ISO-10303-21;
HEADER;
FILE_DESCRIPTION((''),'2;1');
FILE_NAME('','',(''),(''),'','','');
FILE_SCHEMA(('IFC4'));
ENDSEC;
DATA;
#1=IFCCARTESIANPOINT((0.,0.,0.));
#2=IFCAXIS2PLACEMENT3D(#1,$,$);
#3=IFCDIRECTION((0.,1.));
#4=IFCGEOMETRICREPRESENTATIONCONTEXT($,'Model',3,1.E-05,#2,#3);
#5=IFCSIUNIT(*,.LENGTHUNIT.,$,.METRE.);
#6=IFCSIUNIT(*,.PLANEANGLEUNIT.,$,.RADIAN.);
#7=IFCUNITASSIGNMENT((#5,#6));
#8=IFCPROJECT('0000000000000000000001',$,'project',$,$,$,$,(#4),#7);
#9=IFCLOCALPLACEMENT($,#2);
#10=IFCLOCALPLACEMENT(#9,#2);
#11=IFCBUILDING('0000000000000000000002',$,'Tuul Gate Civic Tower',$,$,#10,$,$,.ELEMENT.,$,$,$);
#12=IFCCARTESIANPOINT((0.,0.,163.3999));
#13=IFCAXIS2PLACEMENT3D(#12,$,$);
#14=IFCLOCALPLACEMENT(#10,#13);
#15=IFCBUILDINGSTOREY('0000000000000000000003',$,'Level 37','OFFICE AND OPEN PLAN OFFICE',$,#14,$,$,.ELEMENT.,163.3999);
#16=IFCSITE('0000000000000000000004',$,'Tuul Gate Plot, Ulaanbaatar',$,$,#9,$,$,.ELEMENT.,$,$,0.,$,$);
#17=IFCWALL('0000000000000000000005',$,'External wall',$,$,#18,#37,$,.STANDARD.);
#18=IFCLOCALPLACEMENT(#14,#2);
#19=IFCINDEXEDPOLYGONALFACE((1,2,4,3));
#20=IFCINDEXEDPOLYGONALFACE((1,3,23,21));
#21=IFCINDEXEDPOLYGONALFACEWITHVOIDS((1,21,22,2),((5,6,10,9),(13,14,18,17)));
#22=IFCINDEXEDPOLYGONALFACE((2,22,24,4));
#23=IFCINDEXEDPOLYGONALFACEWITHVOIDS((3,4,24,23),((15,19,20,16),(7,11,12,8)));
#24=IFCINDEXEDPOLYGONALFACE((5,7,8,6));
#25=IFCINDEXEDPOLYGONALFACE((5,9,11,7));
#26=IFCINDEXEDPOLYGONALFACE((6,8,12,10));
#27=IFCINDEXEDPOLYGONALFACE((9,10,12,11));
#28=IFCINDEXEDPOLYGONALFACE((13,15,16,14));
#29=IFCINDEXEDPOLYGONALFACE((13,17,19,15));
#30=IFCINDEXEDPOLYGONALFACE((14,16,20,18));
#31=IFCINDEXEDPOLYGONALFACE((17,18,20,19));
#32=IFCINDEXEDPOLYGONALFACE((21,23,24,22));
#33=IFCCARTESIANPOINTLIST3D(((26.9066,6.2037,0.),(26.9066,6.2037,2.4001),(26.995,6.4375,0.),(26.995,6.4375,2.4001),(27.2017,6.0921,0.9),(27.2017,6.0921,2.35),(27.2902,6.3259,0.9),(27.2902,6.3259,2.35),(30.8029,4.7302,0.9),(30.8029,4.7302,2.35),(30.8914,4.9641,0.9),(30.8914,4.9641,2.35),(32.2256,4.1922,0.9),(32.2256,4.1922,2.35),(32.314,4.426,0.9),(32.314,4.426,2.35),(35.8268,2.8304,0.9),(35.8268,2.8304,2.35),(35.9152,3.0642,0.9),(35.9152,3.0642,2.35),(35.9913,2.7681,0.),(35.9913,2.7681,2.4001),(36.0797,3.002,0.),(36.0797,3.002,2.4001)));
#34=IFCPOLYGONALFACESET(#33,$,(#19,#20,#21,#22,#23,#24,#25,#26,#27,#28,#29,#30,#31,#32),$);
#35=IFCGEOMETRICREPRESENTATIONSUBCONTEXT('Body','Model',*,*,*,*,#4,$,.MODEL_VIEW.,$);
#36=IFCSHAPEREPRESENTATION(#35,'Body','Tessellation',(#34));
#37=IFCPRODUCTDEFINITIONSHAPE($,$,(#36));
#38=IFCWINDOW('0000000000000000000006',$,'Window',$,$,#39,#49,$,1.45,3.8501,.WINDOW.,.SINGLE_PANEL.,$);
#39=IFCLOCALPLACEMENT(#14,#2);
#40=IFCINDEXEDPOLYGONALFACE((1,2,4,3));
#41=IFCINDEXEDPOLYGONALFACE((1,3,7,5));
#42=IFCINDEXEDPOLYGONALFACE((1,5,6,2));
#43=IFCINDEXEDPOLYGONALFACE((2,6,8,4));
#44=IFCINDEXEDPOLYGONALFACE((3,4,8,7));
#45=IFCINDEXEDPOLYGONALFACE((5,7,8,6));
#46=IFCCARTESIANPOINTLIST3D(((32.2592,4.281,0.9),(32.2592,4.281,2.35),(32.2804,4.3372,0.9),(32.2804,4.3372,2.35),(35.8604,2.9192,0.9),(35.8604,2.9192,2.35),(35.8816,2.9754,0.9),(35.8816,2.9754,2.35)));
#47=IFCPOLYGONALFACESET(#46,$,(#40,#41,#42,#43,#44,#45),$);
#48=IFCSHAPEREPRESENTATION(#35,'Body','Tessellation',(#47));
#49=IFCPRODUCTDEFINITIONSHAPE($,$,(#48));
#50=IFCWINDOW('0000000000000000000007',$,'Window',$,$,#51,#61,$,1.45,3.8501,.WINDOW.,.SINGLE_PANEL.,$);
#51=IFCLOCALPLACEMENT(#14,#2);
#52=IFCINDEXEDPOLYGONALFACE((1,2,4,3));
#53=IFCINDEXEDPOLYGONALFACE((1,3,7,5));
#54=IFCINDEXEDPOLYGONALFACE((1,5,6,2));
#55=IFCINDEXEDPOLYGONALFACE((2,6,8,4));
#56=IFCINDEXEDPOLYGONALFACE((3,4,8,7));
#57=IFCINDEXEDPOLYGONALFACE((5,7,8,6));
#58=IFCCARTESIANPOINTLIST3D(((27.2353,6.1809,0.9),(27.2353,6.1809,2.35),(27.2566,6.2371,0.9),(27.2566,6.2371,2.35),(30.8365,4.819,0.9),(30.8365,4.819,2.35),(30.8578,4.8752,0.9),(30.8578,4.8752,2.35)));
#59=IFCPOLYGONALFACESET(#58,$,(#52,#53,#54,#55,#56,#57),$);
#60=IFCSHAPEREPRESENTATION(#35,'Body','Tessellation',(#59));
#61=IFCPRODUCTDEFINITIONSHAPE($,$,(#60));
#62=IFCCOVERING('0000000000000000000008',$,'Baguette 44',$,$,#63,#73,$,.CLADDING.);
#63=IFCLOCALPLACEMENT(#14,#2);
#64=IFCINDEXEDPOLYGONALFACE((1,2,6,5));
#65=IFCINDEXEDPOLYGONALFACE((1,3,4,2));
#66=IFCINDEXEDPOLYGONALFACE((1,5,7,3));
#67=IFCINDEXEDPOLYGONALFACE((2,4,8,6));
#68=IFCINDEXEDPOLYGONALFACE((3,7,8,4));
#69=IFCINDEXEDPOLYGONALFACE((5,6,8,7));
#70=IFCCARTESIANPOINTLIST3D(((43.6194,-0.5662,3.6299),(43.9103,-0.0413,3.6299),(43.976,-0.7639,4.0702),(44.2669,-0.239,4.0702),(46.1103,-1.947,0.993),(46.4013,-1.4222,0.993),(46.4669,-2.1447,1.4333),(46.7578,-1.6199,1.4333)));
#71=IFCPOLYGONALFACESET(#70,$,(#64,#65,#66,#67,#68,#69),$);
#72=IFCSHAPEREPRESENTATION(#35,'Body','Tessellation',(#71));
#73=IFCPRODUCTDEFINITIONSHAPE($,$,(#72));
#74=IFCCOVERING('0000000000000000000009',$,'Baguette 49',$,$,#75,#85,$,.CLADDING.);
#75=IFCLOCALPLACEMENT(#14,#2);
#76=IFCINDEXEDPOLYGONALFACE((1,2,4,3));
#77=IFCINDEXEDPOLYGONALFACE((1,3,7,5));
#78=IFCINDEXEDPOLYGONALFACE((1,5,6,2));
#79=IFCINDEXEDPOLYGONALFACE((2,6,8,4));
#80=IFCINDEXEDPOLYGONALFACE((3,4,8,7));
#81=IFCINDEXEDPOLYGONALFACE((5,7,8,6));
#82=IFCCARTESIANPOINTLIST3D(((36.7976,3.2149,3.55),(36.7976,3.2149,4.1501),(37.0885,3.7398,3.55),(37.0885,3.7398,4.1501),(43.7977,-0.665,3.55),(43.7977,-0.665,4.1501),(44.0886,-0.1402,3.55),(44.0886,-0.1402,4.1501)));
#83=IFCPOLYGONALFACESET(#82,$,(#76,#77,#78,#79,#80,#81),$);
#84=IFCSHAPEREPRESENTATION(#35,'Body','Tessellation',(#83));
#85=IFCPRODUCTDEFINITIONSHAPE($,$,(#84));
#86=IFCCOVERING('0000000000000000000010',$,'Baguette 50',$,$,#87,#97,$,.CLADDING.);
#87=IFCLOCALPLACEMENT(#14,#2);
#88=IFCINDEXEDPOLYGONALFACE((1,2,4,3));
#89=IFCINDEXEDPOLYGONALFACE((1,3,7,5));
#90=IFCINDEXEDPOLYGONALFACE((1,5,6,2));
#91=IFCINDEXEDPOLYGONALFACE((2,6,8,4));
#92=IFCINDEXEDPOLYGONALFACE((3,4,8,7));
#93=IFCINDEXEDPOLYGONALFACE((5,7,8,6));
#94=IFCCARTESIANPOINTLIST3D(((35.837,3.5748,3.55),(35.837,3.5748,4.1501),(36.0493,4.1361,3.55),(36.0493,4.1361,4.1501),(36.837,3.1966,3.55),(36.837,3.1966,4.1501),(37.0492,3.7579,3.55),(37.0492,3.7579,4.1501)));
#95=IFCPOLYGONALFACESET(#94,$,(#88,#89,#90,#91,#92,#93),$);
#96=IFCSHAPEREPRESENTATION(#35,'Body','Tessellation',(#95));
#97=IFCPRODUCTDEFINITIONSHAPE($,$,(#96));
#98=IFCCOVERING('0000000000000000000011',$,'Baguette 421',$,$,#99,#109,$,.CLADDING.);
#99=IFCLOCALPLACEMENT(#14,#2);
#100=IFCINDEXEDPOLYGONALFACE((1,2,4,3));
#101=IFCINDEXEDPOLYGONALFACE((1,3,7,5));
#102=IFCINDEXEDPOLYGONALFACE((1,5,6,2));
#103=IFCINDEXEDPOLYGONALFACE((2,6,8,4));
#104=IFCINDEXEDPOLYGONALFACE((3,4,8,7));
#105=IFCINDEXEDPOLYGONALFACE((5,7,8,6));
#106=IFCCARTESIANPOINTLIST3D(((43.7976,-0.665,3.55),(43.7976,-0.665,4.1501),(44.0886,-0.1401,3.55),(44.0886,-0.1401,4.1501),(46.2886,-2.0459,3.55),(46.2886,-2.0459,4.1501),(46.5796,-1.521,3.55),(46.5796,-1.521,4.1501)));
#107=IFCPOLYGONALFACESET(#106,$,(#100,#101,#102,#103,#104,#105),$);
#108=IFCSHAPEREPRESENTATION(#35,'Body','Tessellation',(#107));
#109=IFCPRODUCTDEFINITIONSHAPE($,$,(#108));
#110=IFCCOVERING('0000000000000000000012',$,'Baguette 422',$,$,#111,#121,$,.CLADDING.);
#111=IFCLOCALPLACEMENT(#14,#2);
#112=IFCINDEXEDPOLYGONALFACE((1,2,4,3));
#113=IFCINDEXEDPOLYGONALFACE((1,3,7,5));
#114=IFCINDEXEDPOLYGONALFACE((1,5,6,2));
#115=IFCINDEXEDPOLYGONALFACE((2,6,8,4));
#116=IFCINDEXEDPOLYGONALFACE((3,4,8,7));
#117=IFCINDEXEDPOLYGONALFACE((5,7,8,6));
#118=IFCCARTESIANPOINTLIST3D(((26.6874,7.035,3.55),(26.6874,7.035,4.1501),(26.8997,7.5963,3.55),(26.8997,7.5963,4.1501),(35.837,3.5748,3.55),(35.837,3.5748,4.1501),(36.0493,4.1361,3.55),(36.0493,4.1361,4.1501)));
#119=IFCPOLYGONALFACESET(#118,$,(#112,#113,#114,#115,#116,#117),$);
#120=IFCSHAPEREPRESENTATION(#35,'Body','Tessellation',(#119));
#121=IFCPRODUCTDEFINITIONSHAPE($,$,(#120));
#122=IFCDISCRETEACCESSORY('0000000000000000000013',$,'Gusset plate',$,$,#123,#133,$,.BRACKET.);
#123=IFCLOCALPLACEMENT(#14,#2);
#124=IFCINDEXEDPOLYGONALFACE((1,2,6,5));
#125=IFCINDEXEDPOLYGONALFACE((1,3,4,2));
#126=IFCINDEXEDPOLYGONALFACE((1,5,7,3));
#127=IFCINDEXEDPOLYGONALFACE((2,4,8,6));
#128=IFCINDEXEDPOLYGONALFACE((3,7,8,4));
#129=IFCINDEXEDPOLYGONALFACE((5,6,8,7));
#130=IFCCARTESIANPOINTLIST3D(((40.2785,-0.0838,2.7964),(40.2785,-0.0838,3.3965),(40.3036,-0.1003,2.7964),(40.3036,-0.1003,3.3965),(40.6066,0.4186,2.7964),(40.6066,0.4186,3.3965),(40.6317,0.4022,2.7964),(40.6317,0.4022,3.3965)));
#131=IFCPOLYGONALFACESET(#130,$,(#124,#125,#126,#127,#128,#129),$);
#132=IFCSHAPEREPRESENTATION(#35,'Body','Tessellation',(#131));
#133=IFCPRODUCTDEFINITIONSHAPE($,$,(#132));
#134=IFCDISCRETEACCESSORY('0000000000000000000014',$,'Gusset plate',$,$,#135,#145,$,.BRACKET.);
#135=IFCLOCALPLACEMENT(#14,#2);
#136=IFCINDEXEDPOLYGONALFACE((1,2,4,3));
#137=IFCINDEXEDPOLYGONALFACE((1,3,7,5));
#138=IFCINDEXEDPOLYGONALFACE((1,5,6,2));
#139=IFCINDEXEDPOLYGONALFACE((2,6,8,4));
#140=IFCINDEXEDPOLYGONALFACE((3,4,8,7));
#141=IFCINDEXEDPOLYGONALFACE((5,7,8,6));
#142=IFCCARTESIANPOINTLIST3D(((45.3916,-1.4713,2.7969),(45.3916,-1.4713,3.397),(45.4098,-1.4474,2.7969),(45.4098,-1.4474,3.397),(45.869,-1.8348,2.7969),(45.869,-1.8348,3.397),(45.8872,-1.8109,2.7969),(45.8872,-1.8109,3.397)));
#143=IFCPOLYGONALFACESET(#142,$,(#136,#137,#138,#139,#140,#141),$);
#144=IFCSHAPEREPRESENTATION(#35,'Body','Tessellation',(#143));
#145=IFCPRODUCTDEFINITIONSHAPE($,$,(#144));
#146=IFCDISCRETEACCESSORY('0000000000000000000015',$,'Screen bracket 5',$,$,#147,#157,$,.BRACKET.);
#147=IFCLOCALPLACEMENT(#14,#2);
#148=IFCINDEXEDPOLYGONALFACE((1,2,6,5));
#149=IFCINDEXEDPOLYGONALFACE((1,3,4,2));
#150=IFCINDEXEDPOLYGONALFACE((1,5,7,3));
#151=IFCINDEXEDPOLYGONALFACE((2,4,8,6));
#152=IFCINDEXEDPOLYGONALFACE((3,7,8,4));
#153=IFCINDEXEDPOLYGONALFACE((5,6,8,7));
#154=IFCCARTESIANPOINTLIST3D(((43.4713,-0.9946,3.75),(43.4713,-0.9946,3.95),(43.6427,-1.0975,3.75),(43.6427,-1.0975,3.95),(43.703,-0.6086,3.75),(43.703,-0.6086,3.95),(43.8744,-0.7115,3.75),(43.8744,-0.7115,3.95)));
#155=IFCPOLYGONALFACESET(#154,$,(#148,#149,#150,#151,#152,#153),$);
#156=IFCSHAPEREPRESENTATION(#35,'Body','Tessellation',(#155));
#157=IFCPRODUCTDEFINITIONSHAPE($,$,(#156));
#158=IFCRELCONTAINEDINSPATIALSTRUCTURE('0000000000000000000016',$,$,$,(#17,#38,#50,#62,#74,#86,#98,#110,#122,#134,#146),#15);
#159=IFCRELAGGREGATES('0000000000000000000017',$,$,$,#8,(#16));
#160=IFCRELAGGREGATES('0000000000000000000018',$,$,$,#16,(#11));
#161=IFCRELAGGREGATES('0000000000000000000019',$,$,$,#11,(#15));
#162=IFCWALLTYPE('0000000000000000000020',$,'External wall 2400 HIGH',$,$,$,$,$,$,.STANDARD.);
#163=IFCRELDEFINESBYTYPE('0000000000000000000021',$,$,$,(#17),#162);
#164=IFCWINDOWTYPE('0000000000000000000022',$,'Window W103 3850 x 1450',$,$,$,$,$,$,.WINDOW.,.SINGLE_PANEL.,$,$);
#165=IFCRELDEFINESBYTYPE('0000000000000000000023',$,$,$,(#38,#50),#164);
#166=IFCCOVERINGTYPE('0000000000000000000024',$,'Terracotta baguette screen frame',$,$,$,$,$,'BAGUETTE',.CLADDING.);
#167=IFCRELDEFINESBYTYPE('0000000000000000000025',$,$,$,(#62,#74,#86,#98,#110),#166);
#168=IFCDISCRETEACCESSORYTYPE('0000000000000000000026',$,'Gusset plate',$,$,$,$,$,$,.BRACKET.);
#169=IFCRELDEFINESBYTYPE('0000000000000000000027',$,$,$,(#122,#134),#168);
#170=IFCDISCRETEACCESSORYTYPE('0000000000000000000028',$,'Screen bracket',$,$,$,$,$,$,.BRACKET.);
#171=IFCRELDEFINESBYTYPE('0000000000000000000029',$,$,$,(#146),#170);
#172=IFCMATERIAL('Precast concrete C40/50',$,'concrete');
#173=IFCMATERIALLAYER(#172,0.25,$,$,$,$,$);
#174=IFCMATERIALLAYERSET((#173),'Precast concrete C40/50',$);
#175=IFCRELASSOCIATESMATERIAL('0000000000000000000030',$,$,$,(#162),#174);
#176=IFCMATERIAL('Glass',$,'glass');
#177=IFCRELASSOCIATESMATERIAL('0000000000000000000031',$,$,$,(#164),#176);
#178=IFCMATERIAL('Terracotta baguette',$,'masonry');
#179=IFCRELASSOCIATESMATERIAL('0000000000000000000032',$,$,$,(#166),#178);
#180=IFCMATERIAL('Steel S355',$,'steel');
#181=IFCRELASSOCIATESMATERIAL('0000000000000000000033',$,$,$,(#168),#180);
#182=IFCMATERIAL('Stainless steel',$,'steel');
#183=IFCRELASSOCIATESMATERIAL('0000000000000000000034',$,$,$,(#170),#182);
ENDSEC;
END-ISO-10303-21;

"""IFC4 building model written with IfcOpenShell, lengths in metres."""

from ifc_helpers import new_model, si_unit, direction, frame, frame_2d, origin, origin_2d, place, context, subcontext, project, spatial, rectangle, extrude, material, layer, layer_set, material_profile, profile_set, type_object, element, fill, save


model = new_model("IFC4")

# Units and contexts
model_context = context("Model", 3, precision=1e-05, world=origin(), true_north=direction((0.0, 1.0)))
body_context = subcontext(model_context, "Body", "Model", "MODEL_VIEW")
ifc_project = project(units=[si_unit("LENGTHUNIT", "METRE"), si_unit("PLANEANGLEUNIT", "RADIAN")], contexts=[model_context])

# Site, building, storey
site_placement = place(None, origin())
site = spatial("IfcSite", under=ifc_project, at=site_placement, Name="Tuul Gate Plot, Ulaanbaatar", CompositionType="ELEMENT", RefElevation=0.0)
building_placement = place(site_placement, origin())
building = spatial("IfcBuilding", under=site, at=building_placement, Name="Tuul Gate Civic Tower", CompositionType="ELEMENT")
storey_placement = place(building_placement, frame((0.0, 0.0, 163.3999)))
storey = spatial("IfcBuildingStorey", under=building, at=storey_placement, Name="Level 37", Description="OFFICE AND OPEN PLAN OFFICE", CompositionType="ELEMENT", Elevation=163.3999)

# Wall, openings, windows
ifc_material_1 = material(Name="Precast concrete C40/50", Category="concrete")
ifc_layer_1 = layer(ifc_material_1, 0.25)
ifc_layer_set_1 = layer_set([ifc_layer_1], Name="Precast concrete C40/50")
wall_type_1 = type_object("IfcWallType", Name="External wall 2400 HIGH", PredefinedType="STANDARD", material=ifc_layer_set_1)
ifc_material_2 = material(Name="Glass", Category="glass")
window_type = type_object("IfcWindowType", Name="Window W103 3850 x 1450", PartitioningType="SINGLE_PANEL", PredefinedType="WINDOW", material=ifc_material_2)
wall_1_placement = place(storey_placement, frame((36.0356, 2.885, 0.0), z_axis=(0.0, 0.0, 1.0), x_axis=(-0.935351, 0.35372, 0.0)))
wall_1 = element("IfcWall", 1, at=wall_1_placement, inside=storey, type_object=wall_type_1, Name="External wall", PredefinedType="STANDARD", context=body_context, shape_type="SweptSolid", body=[
    extrude(rectangle(XDim=9.7126, YDim=0.25, at=frame_2d((4.8564, 0.0))), origin(), (0.0, 0.0, 1.0), 2.4001),
])
opening_1_placement = place(wall_1_placement, frame((0.176, 0.0, 0.8999)))
opening_1 = element("IfcOpeningElement", 2, at=opening_1_placement, cuts=wall_1, PredefinedType="OPENING", context=body_context, shape_type="SweptSolid", body=[
    extrude(rectangle(XDim=3.8501, YDim=1.45, at=frame_2d((1.925, 0.7251))), frame((0.0, 0.135, 0.0), z_axis=(0.0, -1.0, 0.0), x_axis=(1.0, 0.0, 0.0)), (0.0, 0.0, 1.0), 0.27),
])
opening_2_placement = place(wall_1_placement, frame((5.5471, 0.0, 0.8999)))
opening_2 = element("IfcOpeningElement", 3, at=opening_2_placement, cuts=wall_1, PredefinedType="OPENING", context=body_context, shape_type="SweptSolid", body=[
    extrude(rectangle(XDim=3.8501, YDim=1.45, at=frame_2d((1.925, 0.7251))), frame((0.0, 0.135, 0.0), z_axis=(0.0, -1.0, 0.0), x_axis=(1.0, 0.0, 0.0)), (0.0, 0.0, 1.0), 0.27),
])
window_1_placement = place(opening_1_placement, origin())
window_1 = element("IfcWindow", 4, at=window_1_placement, inside=storey, type_object=window_type, Name="Window", OverallHeight=1.45, OverallWidth=3.8501, PartitioningType="SINGLE_PANEL", PredefinedType="WINDOW", context=body_context, shape_type="SweptSolid", body=[
    extrude(rectangle(XDim=3.8501, YDim=1.45, at=frame_2d((1.925, 0.7251))), frame((0.0, 0.03, 0.0), z_axis=(0.0, -1.0, 0.0), x_axis=(1.0, 0.0, 0.0)), (0.0, 0.0, 1.0), 0.0601),
])
fill(opening_1, window_1)
window_2_placement = place(opening_2_placement, origin())
window_2 = element("IfcWindow", 5, at=window_2_placement, inside=storey, type_object=window_type, Name="Window", OverallHeight=1.45, OverallWidth=3.8501, PartitioningType="SINGLE_PANEL", PredefinedType="WINDOW", context=body_context, shape_type="SweptSolid", body=[
    extrude(rectangle(XDim=3.8501, YDim=1.45, at=frame_2d((1.925, 0.7251))), frame((0.0, 0.03, 0.0), z_axis=(0.0, -1.0, 0.0), x_axis=(1.0, 0.0, 0.0)), (0.0, 0.0, 1.0), 0.0601),
])
fill(opening_2, window_2)

# Coverings
ifc_material_3 = material(Name="Terracotta baguette", Category="masonry")
ifc_material_profile_1 = material_profile(ifc_material_3, rectangle(XDim=0.6001, YDim=0.6001, at=origin_2d()), Name="Terracotta baguette screen frame")
ifc_profile_set_1 = profile_set([ifc_material_profile_1], Name="Terracotta baguette")
covering_type = type_object("IfcCoveringType", Name="Terracotta baguette screen frame", ElementType="BAGUETTE", PredefinedType="CLADDING", material=ifc_profile_set_1)
covering_1_placement = place(storey_placement, frame((46.4341, -1.7834, 1.2131), z_axis=(-0.64177, 0.355763, 0.679385), x_axis=(-0.484835, -0.874606, 0.0)))
element("IfcCovering", 6, at=covering_1_placement, inside=storey, type_object=covering_type, Name="Baguette 44", PredefinedType="CLADDING", context=body_context, shape_type="SweptSolid", body=[
    extrude(rectangle(XDim=0.6001, YDim=0.6001, at=origin_2d()), origin(), (0.0, 0.0, 1.0), 3.8813),
])
covering_2_placement = place(storey_placement, frame((43.9431, -0.4026, 3.8501), z_axis=(-0.874635, 0.484783, 0.0), x_axis=(-0.484783, -0.874635, 0.0)))
element("IfcCovering", 7, at=covering_2_placement, inside=storey, type_object=covering_type, Name="Baguette 49", PredefinedType="CLADDING", context=body_context, shape_type="SweptSolid", body=[
    extrude(rectangle(XDim=0.6001, YDim=0.6001, at=origin_2d()), origin(), (0.0, 0.0, 1.0), 8.0034),
])
covering_3_placement = place(storey_placement, frame((36.9431, 3.4773, 3.8501), z_axis=(-0.93535, 0.353725, 0.0), x_axis=(-0.353725, -0.93535, 0.0)))
element("IfcCovering", 8, at=covering_3_placement, inside=storey, type_object=covering_type, Name="Baguette 50", PredefinedType="CLADDING", context=body_context, shape_type="SweptSolid", body=[
    extrude(rectangle(XDim=0.6001, YDim=0.6001, at=origin_2d()), origin(), (0.0, 0.0, 1.0), 1.0691),
])
covering_4_placement = place(storey_placement, frame((46.4341, -1.7834, 3.8501), z_axis=(-0.874606, 0.484835, 0.0), x_axis=(-0.484835, -0.874606, 0.0)))
element("IfcCovering", 9, at=covering_4_placement, inside=storey, type_object=covering_type, Name="Baguette 421", PredefinedType="CLADDING", context=body_context, shape_type="SweptSolid", body=[
    extrude(rectangle(XDim=0.6001, YDim=0.6001, at=origin_2d()), origin(), (0.0, 0.0, 1.0), 2.8481),
])
covering_5_placement = place(storey_placement, frame((35.9431, 3.8555, 3.8501), z_axis=(-0.935348, 0.353729, 0.0), x_axis=(-0.353729, -0.935348, 0.0)))
element("IfcCovering", 10, at=covering_5_placement, inside=storey, type_object=covering_type, Name="Baguette 422", PredefinedType="CLADDING", context=body_context, shape_type="SweptSolid", body=[
    extrude(rectangle(XDim=0.6001, YDim=0.6001, at=origin_2d()), origin(), (0.0, 0.0, 1.0), 9.782),
])

# Discrete accessories
ifc_material_4 = material(Name="Steel S355", Category="steel")
discrete_accessory_type_1 = type_object("IfcDiscreteAccessoryType", Name="Gusset plate", PredefinedType="BRACKET", material=ifc_material_4)
for number, where, z_axis, x_axis, name in (
    (11, (40.4551, 0.1592, 2.7964), (0.0, 0.0, 1.0), (0.546743, 0.8373, 0.0), "Gusset plate"),
    (12, (45.6394, -1.6411, 2.7969), (0.0, 0.0, 1.0), (0.795629, -0.605784, 0.0), "Gusset plate"),
):
    element("IfcDiscreteAccessory", number, at=place(storey_placement, frame(where, z_axis=z_axis, x_axis=x_axis)), inside=storey, type_object=discrete_accessory_type_1, Name=name, PredefinedType="BRACKET", context=body_context, shape_type="SweptSolid", body=[
        extrude(rectangle(XDim=0.6001, YDim=0.03, at=origin_2d()), origin(), (0.0, 0.0, 1.0), 0.6001),
    ])
ifc_material_5 = material(Name="Stainless steel", Category="steel")
discrete_accessory_type_2 = type_object("IfcDiscreteAccessoryType", Name="Screen bracket", PredefinedType="BRACKET", material=ifc_material_5)
discrete_accessory_placement = place(storey_placement, frame((43.6729, -0.853, 3.75), z_axis=(0.0, 0.0, 1.0), x_axis=(0.514603, 0.857429, 0.0)))
element("IfcDiscreteAccessory", 13, at=discrete_accessory_placement, inside=storey, type_object=discrete_accessory_type_2, Name="Screen bracket 5", PredefinedType="BRACKET", context=body_context, shape_type="SweptSolid", body=[
    extrude(rectangle(XDim=0.4502, YDim=0.2, at=origin_2d()), origin(), (0.0, 0.0, 1.0), 0.2),
])

save(model, "model.ifc")
